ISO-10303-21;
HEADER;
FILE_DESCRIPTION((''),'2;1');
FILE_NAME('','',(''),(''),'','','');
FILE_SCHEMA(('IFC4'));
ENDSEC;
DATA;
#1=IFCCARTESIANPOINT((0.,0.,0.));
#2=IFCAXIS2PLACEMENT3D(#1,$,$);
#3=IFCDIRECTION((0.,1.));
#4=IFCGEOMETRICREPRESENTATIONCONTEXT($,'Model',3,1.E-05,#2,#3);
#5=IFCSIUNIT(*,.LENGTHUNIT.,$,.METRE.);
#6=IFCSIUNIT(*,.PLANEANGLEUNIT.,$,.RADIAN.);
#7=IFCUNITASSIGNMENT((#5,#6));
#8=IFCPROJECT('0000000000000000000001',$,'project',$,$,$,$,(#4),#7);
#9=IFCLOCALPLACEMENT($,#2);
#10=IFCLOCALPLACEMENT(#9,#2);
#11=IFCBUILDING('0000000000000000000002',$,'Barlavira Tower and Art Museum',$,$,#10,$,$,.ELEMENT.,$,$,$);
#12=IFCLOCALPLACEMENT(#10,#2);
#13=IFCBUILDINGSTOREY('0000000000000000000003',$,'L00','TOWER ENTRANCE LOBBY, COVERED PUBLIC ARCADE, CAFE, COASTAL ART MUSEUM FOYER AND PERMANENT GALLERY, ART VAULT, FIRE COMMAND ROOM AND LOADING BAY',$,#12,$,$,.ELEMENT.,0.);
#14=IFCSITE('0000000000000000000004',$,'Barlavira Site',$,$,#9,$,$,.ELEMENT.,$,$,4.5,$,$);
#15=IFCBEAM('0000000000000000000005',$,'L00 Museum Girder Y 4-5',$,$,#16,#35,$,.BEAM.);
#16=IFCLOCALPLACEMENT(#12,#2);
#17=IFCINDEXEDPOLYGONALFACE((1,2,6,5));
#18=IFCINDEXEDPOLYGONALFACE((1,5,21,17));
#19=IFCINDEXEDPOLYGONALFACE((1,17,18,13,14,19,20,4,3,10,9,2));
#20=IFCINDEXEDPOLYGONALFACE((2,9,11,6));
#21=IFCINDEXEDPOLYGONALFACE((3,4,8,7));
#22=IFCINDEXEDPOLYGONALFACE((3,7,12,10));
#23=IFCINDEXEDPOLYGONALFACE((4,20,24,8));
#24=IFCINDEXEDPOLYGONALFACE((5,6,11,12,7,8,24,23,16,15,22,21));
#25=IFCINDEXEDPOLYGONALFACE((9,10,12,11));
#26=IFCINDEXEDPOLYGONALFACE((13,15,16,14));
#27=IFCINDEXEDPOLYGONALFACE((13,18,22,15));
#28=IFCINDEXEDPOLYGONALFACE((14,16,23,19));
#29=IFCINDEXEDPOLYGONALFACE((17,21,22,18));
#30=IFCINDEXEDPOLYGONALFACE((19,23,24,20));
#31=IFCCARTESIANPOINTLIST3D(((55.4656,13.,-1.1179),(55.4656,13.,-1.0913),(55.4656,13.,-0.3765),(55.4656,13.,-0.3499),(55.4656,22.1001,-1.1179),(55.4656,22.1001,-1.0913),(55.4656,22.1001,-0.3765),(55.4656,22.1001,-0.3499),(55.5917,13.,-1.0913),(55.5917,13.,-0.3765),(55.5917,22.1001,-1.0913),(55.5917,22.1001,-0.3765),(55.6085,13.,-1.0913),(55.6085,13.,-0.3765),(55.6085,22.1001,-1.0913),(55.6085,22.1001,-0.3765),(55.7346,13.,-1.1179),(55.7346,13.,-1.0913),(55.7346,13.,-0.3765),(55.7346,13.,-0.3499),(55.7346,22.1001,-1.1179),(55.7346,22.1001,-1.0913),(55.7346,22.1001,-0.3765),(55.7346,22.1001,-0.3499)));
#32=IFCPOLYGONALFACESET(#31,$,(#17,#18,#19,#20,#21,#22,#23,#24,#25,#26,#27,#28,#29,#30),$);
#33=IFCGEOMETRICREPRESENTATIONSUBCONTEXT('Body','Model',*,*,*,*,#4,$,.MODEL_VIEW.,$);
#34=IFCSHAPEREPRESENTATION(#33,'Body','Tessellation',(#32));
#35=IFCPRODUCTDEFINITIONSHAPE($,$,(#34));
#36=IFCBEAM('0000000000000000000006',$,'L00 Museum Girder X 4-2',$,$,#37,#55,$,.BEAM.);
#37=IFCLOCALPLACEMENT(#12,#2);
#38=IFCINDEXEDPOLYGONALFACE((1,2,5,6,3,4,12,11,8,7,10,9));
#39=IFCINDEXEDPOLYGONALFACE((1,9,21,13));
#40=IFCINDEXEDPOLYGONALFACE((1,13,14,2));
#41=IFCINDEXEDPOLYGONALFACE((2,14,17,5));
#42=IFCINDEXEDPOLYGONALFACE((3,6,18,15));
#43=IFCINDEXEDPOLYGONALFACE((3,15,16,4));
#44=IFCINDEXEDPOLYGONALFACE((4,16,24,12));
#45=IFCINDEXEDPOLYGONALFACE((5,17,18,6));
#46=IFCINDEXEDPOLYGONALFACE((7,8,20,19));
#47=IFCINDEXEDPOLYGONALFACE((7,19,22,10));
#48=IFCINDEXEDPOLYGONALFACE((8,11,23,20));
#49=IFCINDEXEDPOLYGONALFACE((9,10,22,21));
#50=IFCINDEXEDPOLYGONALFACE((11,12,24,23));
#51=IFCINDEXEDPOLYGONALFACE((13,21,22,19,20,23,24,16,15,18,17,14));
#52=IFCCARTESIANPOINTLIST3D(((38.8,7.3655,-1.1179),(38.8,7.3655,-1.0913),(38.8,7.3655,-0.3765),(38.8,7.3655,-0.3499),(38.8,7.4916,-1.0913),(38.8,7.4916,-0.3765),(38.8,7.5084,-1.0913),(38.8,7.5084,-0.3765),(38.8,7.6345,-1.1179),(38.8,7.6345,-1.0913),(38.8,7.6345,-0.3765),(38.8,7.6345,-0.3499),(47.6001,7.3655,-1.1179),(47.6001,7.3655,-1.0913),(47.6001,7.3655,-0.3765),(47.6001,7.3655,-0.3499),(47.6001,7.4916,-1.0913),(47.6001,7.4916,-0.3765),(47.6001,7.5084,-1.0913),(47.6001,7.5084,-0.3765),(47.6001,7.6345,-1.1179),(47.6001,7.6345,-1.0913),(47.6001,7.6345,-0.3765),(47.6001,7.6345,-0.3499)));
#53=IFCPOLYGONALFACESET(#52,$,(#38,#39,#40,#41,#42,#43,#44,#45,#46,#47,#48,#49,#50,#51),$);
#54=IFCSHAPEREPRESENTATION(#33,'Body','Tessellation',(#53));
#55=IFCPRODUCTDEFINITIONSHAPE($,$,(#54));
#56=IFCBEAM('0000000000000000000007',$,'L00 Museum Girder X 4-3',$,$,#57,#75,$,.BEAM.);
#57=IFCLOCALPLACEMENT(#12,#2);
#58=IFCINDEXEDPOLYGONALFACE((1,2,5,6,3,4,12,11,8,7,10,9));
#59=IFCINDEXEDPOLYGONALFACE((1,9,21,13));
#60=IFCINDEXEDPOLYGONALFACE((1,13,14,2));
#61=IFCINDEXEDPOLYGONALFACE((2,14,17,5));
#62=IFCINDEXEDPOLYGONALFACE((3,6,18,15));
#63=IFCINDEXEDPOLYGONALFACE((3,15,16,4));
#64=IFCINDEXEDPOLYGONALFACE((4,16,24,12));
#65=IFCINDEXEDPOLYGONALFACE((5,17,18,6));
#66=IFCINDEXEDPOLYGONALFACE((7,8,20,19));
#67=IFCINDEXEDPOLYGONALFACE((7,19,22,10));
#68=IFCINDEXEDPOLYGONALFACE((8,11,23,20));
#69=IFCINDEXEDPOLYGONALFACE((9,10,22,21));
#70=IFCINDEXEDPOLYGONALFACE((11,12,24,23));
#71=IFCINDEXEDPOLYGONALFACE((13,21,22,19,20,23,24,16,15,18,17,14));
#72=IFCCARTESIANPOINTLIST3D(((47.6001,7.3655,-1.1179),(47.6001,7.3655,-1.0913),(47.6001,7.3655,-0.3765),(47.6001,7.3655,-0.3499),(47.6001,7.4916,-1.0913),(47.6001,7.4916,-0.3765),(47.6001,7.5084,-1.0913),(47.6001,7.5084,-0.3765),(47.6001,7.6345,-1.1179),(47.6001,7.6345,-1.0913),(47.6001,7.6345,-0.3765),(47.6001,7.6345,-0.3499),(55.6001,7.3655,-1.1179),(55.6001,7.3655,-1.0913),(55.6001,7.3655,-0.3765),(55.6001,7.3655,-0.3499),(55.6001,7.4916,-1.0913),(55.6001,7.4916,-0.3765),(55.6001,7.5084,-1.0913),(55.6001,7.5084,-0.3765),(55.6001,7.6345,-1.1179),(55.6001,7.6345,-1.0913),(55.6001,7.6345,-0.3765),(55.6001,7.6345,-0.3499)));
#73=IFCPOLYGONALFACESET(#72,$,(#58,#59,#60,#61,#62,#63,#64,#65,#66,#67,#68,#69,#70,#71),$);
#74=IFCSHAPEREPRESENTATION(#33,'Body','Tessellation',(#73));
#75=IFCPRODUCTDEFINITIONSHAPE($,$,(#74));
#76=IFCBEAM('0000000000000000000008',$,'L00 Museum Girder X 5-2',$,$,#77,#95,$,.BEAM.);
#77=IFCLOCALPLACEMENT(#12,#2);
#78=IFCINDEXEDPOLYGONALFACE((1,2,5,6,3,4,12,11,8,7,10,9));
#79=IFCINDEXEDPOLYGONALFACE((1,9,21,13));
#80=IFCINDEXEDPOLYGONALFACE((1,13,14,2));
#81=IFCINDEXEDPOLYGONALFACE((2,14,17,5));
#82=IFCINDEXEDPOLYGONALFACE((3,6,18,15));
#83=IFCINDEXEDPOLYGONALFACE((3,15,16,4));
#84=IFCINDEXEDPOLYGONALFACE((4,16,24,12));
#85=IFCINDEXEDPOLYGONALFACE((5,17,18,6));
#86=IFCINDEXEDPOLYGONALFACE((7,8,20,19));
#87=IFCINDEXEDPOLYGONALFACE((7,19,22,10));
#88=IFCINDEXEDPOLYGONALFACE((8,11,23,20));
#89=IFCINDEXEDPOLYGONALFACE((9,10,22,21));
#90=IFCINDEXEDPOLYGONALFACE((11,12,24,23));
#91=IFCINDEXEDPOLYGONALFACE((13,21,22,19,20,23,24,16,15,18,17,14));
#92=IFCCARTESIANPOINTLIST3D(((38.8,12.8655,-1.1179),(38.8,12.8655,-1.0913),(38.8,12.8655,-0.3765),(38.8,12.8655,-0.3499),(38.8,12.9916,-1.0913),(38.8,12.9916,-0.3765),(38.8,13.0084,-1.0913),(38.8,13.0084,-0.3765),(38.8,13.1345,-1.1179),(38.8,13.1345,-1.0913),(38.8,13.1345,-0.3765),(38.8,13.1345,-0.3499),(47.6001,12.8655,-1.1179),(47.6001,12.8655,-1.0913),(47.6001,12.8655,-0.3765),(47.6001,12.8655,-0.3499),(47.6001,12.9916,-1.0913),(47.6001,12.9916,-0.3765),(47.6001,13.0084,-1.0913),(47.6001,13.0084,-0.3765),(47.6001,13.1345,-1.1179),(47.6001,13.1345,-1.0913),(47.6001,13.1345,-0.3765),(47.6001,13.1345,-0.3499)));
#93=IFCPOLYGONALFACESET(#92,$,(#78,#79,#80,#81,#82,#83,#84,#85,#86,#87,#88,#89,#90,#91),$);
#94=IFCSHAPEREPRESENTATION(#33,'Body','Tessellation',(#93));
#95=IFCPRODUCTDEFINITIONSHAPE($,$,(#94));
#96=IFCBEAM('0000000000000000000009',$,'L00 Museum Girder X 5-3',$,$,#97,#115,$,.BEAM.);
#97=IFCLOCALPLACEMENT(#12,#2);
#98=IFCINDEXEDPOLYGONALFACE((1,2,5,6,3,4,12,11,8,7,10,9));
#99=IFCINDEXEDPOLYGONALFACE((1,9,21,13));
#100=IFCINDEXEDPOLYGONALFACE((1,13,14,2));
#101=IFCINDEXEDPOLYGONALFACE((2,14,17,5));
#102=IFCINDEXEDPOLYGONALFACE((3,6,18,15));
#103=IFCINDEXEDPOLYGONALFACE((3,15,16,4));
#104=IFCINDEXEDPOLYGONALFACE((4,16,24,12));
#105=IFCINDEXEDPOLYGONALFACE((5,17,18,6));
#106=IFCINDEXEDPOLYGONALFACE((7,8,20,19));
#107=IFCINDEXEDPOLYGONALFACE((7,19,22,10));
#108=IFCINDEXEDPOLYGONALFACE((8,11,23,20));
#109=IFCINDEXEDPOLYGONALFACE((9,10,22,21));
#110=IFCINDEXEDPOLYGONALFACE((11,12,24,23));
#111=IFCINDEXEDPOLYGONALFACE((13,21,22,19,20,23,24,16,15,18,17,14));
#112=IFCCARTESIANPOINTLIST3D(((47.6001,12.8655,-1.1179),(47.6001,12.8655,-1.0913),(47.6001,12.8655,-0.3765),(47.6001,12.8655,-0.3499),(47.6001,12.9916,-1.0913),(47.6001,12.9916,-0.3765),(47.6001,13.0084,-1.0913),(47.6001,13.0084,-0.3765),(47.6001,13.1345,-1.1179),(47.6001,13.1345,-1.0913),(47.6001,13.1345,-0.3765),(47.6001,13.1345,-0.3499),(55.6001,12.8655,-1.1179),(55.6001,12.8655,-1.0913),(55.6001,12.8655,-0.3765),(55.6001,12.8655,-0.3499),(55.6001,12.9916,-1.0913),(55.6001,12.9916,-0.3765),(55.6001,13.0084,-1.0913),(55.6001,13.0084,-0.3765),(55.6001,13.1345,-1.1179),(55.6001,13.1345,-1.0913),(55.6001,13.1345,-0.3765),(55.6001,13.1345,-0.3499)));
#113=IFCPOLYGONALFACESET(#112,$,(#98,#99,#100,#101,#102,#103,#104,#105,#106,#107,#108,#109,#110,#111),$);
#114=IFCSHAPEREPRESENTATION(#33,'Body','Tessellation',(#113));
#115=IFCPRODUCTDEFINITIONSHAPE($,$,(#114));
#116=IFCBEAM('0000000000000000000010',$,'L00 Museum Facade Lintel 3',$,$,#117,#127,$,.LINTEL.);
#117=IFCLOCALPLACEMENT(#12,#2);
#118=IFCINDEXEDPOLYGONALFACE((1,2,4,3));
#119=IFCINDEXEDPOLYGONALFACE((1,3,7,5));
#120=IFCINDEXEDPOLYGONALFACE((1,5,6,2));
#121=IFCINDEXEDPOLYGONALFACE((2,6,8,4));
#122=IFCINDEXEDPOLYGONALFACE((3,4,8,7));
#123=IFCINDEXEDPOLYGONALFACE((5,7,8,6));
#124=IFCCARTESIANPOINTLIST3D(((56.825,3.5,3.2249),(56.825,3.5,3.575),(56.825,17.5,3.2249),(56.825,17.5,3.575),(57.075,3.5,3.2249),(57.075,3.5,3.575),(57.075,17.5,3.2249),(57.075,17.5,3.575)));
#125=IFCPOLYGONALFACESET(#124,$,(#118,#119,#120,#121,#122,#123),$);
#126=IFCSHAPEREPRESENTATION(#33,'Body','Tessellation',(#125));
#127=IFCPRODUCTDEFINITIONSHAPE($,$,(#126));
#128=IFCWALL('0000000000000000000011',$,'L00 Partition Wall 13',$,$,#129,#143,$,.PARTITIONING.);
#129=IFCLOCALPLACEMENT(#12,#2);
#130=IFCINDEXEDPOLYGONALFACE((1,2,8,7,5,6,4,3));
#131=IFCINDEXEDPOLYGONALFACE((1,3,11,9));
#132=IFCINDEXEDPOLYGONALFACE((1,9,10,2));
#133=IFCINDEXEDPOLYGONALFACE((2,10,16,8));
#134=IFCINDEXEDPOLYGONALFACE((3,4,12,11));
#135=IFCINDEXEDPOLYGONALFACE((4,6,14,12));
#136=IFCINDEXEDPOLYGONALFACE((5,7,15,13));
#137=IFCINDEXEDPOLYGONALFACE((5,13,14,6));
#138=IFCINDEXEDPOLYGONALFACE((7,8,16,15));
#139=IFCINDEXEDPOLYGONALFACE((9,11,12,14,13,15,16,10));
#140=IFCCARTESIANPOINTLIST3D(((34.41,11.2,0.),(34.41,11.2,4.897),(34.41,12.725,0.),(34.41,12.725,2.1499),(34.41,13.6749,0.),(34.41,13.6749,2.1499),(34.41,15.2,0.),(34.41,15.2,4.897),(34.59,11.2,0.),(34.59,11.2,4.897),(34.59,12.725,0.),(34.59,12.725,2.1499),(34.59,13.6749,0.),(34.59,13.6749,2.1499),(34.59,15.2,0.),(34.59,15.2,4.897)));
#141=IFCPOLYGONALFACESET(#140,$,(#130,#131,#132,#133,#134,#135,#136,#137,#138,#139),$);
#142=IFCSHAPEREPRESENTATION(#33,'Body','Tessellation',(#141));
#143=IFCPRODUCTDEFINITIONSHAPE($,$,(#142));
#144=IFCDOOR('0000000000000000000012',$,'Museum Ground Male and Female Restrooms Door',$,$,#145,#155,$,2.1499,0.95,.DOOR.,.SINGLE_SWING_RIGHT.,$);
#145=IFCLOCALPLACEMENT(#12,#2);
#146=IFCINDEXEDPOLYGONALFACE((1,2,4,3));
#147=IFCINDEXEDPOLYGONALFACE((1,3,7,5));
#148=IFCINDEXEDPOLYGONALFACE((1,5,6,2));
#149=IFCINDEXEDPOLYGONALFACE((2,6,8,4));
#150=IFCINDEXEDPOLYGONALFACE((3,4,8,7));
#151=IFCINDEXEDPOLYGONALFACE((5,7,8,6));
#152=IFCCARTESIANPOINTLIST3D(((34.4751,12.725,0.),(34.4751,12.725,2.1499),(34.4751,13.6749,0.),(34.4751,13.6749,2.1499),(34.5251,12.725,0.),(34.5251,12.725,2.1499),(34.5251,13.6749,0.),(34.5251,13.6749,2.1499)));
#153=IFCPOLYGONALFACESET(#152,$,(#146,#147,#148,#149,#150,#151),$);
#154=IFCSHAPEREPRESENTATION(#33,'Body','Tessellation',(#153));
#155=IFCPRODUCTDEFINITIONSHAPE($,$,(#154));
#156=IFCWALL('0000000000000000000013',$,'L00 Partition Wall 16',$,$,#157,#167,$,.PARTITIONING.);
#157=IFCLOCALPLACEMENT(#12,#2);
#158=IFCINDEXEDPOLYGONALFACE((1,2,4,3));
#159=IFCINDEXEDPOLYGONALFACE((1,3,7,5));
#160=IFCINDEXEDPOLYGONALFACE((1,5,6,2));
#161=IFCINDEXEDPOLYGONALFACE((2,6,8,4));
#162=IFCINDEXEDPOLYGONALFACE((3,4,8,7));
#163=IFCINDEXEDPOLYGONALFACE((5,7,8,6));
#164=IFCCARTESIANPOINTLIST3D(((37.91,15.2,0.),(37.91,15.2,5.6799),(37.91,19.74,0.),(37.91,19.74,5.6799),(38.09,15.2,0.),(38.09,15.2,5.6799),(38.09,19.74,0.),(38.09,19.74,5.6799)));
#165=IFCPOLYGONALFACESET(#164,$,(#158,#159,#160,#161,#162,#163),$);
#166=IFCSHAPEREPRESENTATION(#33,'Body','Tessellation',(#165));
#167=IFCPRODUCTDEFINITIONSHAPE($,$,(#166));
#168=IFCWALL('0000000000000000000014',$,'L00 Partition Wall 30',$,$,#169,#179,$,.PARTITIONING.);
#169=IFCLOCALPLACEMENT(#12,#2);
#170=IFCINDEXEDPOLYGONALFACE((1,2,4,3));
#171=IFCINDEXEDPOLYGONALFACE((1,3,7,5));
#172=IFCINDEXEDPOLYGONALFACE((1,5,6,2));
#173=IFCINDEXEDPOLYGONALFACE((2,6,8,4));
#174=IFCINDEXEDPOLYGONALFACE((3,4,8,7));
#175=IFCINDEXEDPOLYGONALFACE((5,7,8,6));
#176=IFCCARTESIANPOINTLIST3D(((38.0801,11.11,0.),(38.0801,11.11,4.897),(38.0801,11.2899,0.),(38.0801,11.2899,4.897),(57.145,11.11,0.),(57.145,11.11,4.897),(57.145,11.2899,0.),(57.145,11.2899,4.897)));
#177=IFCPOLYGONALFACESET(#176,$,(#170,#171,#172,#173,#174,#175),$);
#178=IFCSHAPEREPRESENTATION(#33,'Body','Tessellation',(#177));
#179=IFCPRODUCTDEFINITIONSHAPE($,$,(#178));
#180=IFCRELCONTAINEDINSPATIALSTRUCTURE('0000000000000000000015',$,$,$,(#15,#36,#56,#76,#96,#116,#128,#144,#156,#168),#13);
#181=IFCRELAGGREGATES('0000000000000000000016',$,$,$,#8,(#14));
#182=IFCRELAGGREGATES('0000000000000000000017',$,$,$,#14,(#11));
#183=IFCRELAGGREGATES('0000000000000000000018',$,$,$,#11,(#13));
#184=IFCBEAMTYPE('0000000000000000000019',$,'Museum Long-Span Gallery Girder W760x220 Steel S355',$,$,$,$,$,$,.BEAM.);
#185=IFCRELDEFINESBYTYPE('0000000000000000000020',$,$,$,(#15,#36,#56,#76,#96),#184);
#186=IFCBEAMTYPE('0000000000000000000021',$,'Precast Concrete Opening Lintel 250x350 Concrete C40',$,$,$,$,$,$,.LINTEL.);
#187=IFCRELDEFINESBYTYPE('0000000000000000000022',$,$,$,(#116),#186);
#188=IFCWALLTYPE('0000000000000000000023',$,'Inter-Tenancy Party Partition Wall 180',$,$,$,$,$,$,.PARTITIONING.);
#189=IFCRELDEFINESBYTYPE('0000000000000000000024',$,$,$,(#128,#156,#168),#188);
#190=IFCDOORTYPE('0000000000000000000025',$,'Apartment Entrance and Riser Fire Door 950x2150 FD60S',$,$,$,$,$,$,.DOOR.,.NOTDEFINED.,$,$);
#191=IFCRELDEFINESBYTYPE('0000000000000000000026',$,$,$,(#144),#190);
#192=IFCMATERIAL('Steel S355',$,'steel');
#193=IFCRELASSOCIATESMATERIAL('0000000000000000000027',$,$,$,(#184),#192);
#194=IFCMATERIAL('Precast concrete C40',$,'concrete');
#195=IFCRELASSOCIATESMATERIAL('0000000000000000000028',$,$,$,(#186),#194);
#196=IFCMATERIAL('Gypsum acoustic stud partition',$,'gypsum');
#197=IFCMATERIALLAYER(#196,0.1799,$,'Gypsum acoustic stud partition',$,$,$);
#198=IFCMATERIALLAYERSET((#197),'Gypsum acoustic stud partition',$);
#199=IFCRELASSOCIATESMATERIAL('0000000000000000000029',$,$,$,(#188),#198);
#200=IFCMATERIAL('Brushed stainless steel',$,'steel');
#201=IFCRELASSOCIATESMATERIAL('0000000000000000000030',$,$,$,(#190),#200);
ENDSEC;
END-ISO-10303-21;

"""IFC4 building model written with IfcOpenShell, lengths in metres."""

from ifc_helpers import new_model, si_unit, direction, frame, frame_2d, origin, origin_2d, place, context, subcontext, project, spatial, rectangle, i_section, extrude, material, layer, layer_set, material_profile, profile_set, type_object, element, fill, save


model = new_model("IFC4")

# Units and contexts
model_context = context("Model", 3, precision=1e-05, world=origin(), true_north=direction((0.0, 1.0)))
body_context = subcontext(model_context, "Body", "Model", "MODEL_VIEW")
ifc_project = project(units=[si_unit("LENGTHUNIT", "METRE"), si_unit("PLANEANGLEUNIT", "RADIAN")], contexts=[model_context])

# Site, building, storey
site_placement = place(None, origin())
site = spatial("IfcSite", under=ifc_project, at=site_placement, Name="Barlavira Site", CompositionType="ELEMENT", RefElevation=4.5)
building_placement = place(site_placement, origin())
building = spatial("IfcBuilding", under=site, at=building_placement, Name="Barlavira Tower and Art Museum", CompositionType="ELEMENT")
storey_placement = place(building_placement, origin())
storey = spatial("IfcBuildingStorey", under=building, at=storey_placement, Name="L00", Description="TOWER ENTRANCE LOBBY, COVERED PUBLIC ARCADE, CAFE, COASTAL ART MUSEUM FOYER AND PERMANENT GALLERY, ART VAULT, FIRE COMMAND ROOM AND LOADING BAY", CompositionType="ELEMENT", Elevation=0.0)

# Beams
ifc_material_1 = material(Name="Steel S355", Category="steel")
ifc_material_profile_1 = material_profile(ifc_material_1, i_section(OverallWidth=0.269, OverallDepth=0.7681, WebThickness=0.0168, FlangeThickness=0.0266, at=origin_2d()), Name="W760x220.0")
ifc_profile_set_1 = profile_set([ifc_material_profile_1], Name="Steel S355")
beam_type_1 = type_object("IfcBeamType", Name="Museum Long-Span Gallery Girder W760x220 Steel S355", PredefinedType="BEAM", material=ifc_profile_set_1)
beam_1_placement = place(storey_placement, frame((55.6001, 13.0, -0.7339), z_axis=(0.0, 1.0, 0.0), x_axis=(-1.0, 0.0, 0.0)))
element("IfcBeam", 1, at=beam_1_placement, inside=storey, type_object=beam_type_1, Name="L00 Museum Girder Y 4-5", PredefinedType="BEAM", context=body_context, shape_type="SweptSolid", body=[
    extrude(i_section(OverallWidth=0.269, OverallDepth=0.7681, WebThickness=0.0168, FlangeThickness=0.0266, at=origin_2d()), origin(), (0.0, 0.0, 1.0), 9.1001),
])
beam_2_placement = place(storey_placement, frame((38.8, 7.5, -0.7339), z_axis=(1.0, 0.0, 0.0), x_axis=(0.0, 1.0, 0.0)))
element("IfcBeam", 2, at=beam_2_placement, inside=storey, type_object=beam_type_1, Name="L00 Museum Girder X 4-2", PredefinedType="BEAM", context=body_context, shape_type="SweptSolid", body=[
    extrude(i_section(OverallWidth=0.269, OverallDepth=0.7681, WebThickness=0.0168, FlangeThickness=0.0266, at=origin_2d()), origin(), (0.0, 0.0, 1.0), 8.8),
])
beam_3_placement = place(storey_placement, frame((47.6001, 7.5, -0.7339), z_axis=(1.0, 0.0, 0.0), x_axis=(0.0, 1.0, 0.0)))
element("IfcBeam", 3, at=beam_3_placement, inside=storey, type_object=beam_type_1, Name="L00 Museum Girder X 4-3", PredefinedType="BEAM", context=body_context, shape_type="SweptSolid", body=[
    extrude(i_section(OverallWidth=0.269, OverallDepth=0.7681, WebThickness=0.0168, FlangeThickness=0.0266, at=origin_2d()), origin(), (0.0, 0.0, 1.0), 8.0),
])
beam_4_placement = place(storey_placement, frame((38.8, 13.0, -0.7339), z_axis=(1.0, 0.0, 0.0), x_axis=(0.0, 1.0, 0.0)))
element("IfcBeam", 4, at=beam_4_placement, inside=storey, type_object=beam_type_1, Name="L00 Museum Girder X 5-2", PredefinedType="BEAM", context=body_context, shape_type="SweptSolid", body=[
    extrude(i_section(OverallWidth=0.269, OverallDepth=0.7681, WebThickness=0.0168, FlangeThickness=0.0266, at=origin_2d()), origin(), (0.0, 0.0, 1.0), 8.8),
])
beam_5_placement = place(storey_placement, frame((47.6001, 13.0, -0.7339), z_axis=(1.0, 0.0, 0.0), x_axis=(0.0, 1.0, 0.0)))
element("IfcBeam", 5, at=beam_5_placement, inside=storey, type_object=beam_type_1, Name="L00 Museum Girder X 5-3", PredefinedType="BEAM", context=body_context, shape_type="SweptSolid", body=[
    extrude(i_section(OverallWidth=0.269, OverallDepth=0.7681, WebThickness=0.0168, FlangeThickness=0.0266, at=origin_2d()), origin(), (0.0, 0.0, 1.0), 8.0),
])
ifc_material_2 = material(Name="Precast concrete C40", Category="concrete")
ifc_material_profile_2 = material_profile(ifc_material_2, rectangle(XDim=0.25, YDim=0.3501, at=origin_2d()), Name="RC-LNT 250x350")
ifc_profile_set_2 = profile_set([ifc_material_profile_2], Name="Precast concrete C40")
beam_type_2 = type_object("IfcBeamType", Name="Precast Concrete Opening Lintel 250x350 Concrete C40", PredefinedType="LINTEL", material=ifc_profile_set_2)
beam_6_placement = place(storey_placement, frame((56.95, 3.5, 3.3999), z_axis=(0.0, 1.0, 0.0), x_axis=(-1.0, 0.0, 0.0)))
element("IfcBeam", 6, at=beam_6_placement, inside=storey, type_object=beam_type_2, Name="L00 Museum Facade Lintel 3", PredefinedType="LINTEL", context=body_context, shape_type="SweptSolid", body=[
    extrude(rectangle(XDim=0.25, YDim=0.3501, at=origin_2d()), origin(), (0.0, 0.0, 1.0), 14.0),
])

# Wall, opening, door
ifc_material_3 = material(Name="Gypsum acoustic stud partition", Category="gypsum")
ifc_layer_1 = layer(ifc_material_3, 0.1799, Name="Gypsum acoustic stud partition")
ifc_layer_set_1 = layer_set([ifc_layer_1], Name="Gypsum acoustic stud partition")
wall_type_1 = type_object("IfcWallType", Name="Inter-Tenancy Party Partition Wall 180", PredefinedType="PARTITIONING", material=ifc_layer_set_1)
wall_1_placement = place(storey_placement, frame((34.5, 11.2, 0.0), z_axis=(0.0, 0.0, 1.0), x_axis=(0.0, 1.0, 0.0)))
wall_1 = element("IfcWall", 7, at=wall_1_placement, inside=storey, type_object=wall_type_1, Name="L00 Partition Wall 13", PredefinedType="PARTITIONING", context=body_context, shape_type="SweptSolid", body=[
    extrude(rectangle(XDim=4.0, YDim=0.1799, at=frame_2d((2.0, 0.0))), origin(), (0.0, 0.0, 1.0), 4.897),
])
opening_1_placement = place(wall_1_placement, frame((1.5249, 0.0, 0.0)))
opening_1 = element("IfcOpeningElement", 8, at=opening_1_placement, cuts=wall_1, PredefinedType="OPENING", context=body_context, shape_type="SweptSolid", body=[
    extrude(rectangle(XDim=0.95, YDim=2.1499, at=frame_2d((0.4751, 1.075))), frame((0.0, 0.1001, 0.0), z_axis=(0.0, -1.0, 0.0), x_axis=(1.0, 0.0, 0.0)), (0.0, 0.0, 1.0), 0.2),
])
ifc_material_4 = material(Name="Brushed stainless steel", Category="steel")
door_type_1 = type_object("IfcDoorType", Name="Apartment Entrance and Riser Fire Door 950x2150 FD60S", OperationType="NOTDEFINED", PredefinedType="DOOR", material=ifc_material_4)
door_1_placement = place(opening_1_placement, origin())
door_1 = element("IfcDoor", 9, at=door_1_placement, inside=storey, type_object=door_type_1, Name="Museum Ground Male and Female Restrooms Door", OperationType="SINGLE_SWING_RIGHT", OverallHeight=2.1499, OverallWidth=0.95, PredefinedType="DOOR", context=body_context, shape_type="SweptSolid", body=[
    extrude(rectangle(XDim=0.95, YDim=2.1499, at=frame_2d((0.4751, 1.075))), frame((0.0, 0.0249, 0.0), z_axis=(0.0, -1.0, 0.0), x_axis=(1.0, 0.0, 0.0)), (0.0, 0.0, 1.0), 0.05),
])
fill(opening_1, door_1)

# Walls
wall_2_placement = place(storey_placement, frame((38.0, 15.2, 0.0), z_axis=(0.0, 0.0, 1.0), x_axis=(0.0, 1.0, 0.0)))
element("IfcWall", 10, at=wall_2_placement, inside=storey, type_object=wall_type_1, Name="L00 Partition Wall 16", PredefinedType="PARTITIONING", context=body_context, shape_type="SweptSolid", body=[
    extrude(rectangle(XDim=4.54, YDim=0.1799, at=frame_2d((2.27, 0.0))), origin(), (0.0, 0.0, 1.0), 5.6799),
])
wall_3_placement = place(storey_placement, frame((38.0801, 11.2, 0.0), z_axis=(0.0, 0.0, 1.0), x_axis=(1.0, 0.0, 0.0)))
element("IfcWall", 11, at=wall_3_placement, inside=storey, type_object=wall_type_1, Name="L00 Partition Wall 30", PredefinedType="PARTITIONING", context=body_context, shape_type="SweptSolid", body=[
    extrude(rectangle(XDim=19.0649, YDim=0.1799, at=frame_2d((9.5325, 0.0))), origin(), (0.0, 0.0, 1.0), 4.897),
])

save(model, "model.ifc")
